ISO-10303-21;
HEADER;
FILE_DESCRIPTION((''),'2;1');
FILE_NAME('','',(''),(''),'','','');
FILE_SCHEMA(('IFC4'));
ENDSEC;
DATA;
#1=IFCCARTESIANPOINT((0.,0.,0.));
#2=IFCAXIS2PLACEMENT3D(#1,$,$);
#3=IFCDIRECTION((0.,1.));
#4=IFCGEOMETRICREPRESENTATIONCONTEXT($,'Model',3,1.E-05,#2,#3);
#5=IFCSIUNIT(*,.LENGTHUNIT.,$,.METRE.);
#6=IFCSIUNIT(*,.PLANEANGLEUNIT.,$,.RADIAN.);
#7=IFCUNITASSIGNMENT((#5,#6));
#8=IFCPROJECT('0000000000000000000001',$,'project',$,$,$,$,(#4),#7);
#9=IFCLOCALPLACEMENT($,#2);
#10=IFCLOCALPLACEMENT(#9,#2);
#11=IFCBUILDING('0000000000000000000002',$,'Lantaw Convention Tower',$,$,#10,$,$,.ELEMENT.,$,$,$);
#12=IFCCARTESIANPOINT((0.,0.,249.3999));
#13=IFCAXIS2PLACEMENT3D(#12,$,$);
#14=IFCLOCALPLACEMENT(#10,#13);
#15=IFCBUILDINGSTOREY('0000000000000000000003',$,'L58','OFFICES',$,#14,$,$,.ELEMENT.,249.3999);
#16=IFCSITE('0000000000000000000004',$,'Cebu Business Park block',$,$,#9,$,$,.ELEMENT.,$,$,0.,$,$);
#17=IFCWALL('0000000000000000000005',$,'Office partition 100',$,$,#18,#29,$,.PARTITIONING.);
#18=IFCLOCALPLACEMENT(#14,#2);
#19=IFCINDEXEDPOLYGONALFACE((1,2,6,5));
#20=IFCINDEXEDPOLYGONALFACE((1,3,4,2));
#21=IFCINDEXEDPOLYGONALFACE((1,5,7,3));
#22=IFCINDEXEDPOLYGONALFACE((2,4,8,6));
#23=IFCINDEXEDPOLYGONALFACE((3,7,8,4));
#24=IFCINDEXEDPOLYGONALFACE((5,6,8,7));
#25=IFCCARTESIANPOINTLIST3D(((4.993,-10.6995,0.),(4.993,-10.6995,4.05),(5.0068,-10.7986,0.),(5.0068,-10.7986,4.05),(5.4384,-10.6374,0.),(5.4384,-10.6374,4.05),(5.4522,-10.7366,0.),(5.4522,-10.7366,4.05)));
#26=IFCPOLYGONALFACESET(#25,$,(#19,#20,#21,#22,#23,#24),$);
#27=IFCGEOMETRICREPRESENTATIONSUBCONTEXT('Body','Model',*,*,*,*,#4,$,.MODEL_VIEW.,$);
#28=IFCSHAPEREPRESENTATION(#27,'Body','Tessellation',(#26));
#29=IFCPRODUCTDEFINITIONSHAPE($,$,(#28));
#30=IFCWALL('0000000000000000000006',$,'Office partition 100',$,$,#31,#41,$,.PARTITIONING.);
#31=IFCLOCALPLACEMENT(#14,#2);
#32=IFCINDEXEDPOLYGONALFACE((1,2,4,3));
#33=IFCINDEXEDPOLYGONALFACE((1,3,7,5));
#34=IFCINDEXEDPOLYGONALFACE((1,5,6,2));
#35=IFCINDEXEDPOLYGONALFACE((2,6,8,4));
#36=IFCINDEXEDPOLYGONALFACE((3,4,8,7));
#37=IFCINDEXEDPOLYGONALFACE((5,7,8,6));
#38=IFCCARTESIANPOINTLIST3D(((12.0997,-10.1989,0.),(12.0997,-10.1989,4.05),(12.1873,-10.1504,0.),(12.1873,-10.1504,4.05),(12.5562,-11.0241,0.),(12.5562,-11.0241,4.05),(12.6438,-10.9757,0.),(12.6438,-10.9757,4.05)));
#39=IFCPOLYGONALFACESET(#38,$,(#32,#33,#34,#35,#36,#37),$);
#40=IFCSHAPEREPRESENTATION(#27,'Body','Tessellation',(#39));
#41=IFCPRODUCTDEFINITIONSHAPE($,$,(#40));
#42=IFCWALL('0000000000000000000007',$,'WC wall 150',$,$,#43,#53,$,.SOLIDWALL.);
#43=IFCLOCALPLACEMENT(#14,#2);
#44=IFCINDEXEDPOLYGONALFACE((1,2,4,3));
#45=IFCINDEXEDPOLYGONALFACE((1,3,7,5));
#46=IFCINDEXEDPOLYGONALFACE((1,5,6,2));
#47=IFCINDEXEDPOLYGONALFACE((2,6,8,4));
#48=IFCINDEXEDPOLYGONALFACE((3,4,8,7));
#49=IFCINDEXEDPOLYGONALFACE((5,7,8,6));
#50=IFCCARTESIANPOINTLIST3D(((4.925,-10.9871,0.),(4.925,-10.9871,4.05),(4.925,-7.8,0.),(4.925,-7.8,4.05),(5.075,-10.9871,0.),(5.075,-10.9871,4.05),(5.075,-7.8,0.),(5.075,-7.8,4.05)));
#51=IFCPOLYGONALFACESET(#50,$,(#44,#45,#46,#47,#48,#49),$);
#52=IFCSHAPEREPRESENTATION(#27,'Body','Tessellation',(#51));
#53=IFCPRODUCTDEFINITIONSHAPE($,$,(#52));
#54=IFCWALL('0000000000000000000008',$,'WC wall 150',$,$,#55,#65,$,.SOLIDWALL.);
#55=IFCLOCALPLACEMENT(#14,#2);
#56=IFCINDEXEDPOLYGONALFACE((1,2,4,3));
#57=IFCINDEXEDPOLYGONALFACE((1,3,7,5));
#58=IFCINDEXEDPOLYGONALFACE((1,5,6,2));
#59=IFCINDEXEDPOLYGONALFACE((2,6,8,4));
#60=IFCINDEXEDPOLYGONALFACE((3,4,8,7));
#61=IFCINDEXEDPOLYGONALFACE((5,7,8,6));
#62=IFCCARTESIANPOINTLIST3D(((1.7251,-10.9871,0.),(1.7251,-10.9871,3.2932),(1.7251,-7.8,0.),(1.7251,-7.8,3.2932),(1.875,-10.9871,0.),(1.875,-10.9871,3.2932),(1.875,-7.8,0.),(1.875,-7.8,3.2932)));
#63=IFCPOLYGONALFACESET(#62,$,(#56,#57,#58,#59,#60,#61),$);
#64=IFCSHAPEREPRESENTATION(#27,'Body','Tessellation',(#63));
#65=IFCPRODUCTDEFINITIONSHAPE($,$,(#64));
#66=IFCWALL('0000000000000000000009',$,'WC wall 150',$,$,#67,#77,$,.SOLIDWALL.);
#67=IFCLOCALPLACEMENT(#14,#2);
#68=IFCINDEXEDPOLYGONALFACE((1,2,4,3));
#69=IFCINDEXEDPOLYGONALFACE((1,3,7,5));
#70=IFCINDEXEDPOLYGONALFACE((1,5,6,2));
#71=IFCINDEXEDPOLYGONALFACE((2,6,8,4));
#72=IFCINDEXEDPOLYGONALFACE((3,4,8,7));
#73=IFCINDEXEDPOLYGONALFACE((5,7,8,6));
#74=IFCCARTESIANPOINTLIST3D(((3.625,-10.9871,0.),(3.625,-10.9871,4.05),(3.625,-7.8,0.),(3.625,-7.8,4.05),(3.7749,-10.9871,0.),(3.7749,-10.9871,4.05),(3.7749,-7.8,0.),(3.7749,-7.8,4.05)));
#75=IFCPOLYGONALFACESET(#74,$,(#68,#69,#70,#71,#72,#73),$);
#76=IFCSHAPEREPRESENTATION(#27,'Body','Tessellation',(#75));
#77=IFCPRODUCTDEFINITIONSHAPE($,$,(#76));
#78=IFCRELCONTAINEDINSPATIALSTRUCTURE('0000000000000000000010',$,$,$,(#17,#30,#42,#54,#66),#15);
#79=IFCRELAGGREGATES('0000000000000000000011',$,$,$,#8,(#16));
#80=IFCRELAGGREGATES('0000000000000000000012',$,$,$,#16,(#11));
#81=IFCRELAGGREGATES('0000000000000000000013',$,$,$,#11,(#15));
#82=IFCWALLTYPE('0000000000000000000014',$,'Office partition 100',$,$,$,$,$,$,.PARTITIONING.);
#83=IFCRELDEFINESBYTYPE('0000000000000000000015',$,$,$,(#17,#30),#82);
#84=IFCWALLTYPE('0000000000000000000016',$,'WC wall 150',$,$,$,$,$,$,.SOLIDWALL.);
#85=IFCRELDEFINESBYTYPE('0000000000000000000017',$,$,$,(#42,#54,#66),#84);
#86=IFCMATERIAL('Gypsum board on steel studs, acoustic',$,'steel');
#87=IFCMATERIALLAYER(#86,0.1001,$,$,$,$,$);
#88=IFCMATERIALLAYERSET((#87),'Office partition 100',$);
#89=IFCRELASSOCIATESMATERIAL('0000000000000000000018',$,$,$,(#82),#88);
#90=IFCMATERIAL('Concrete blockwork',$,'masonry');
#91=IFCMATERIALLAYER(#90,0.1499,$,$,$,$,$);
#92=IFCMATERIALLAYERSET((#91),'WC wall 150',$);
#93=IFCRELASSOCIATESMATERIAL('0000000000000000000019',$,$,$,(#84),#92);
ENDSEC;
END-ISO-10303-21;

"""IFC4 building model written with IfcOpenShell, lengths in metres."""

from ifc_helpers import new_model, si_unit, direction, frame, frame_2d, origin, place, context, subcontext, project, spatial, rectangle, extrude, material, layer, layer_set, type_object, element, save


model = new_model("IFC4")

# Units and contexts
model_context = context("Model", 3, precision=1e-05, world=origin(), true_north=direction((0.0, 1.0)))
body_context = subcontext(model_context, "Body", "Model", "MODEL_VIEW")
ifc_project = project(units=[si_unit("LENGTHUNIT", "METRE"), si_unit("PLANEANGLEUNIT", "RADIAN")], contexts=[model_context])

# Site, building, storey
site_placement = place(None, origin())
site = spatial("IfcSite", under=ifc_project, at=site_placement, Name="Cebu Business Park block", CompositionType="ELEMENT", RefElevation=0.0)
building_placement = place(site_placement, origin())
building = spatial("IfcBuilding", under=site, at=building_placement, Name="Lantaw Convention Tower", CompositionType="ELEMENT")
storey_placement = place(building_placement, frame((0.0, 0.0, 249.3999)))
storey = spatial("IfcBuildingStorey", under=building, at=storey_placement, Name="L58", Description="OFFICES", CompositionType="ELEMENT", Elevation=249.3999)

# Walls
ifc_material_1 = material(Name="Gypsum board on steel studs, acoustic", Category="steel")
ifc_layer_1 = layer(ifc_material_1, 0.1001)
ifc_layer_set_1 = layer_set([ifc_layer_1], Name="Office partition 100")
wall_type_1 = type_object("IfcWallType", Name="Office partition 100", PredefinedType="PARTITIONING", material=ifc_layer_set_1)
wall_1_placement = place(storey_placement, frame((5.4453, -10.687, 0.0), z_axis=(0.0, 0.0, 1.0), x_axis=(-0.990443, -0.137924, 0.0)))
element("IfcWall", 1, at=wall_1_placement, inside=storey, type_object=wall_type_1, Name="Office partition 100", PredefinedType="PARTITIONING", context=body_context, shape_type="SweptSolid", body=[
    extrude(rectangle(XDim=0.4497, YDim=0.1001, at=frame_2d((0.2249, 0.0))), origin(), (0.0, 0.0, 1.0), 4.05),
])
wall_2_placement = place(storey_placement, frame((12.6001, -11.0, 0.0), z_axis=(0.0, 0.0, 1.0), x_axis=(-0.484104, 0.875011, 0.0)))
element("IfcWall", 2, at=wall_2_placement, inside=storey, type_object=wall_type_1, Name="Office partition 100", PredefinedType="PARTITIONING", context=body_context, shape_type="SweptSolid", body=[
    extrude(rectangle(XDim=0.9431, YDim=0.1001, at=frame_2d((0.4717, 0.0))), origin(), (0.0, 0.0, 1.0), 4.05),
])
ifc_material_2 = material(Name="Concrete blockwork", Category="masonry")
ifc_layer_2 = layer(ifc_material_2, 0.1499)
ifc_layer_set_2 = layer_set([ifc_layer_2], Name="WC wall 150")
wall_type_2 = type_object("IfcWallType", Name="WC wall 150", PredefinedType="SOLIDWALL", material=ifc_layer_set_2)
wall_3_placement = place(storey_placement, frame((5.0, -7.8, 0.0), z_axis=(0.0, 0.0, 1.0), x_axis=(0.0, -1.0, 0.0)))
element("IfcWall", 3, at=wall_3_placement, inside=storey, type_object=wall_type_2, Name="WC wall 150", PredefinedType="SOLIDWALL", context=body_context, shape_type="SweptSolid", body=[
    extrude(rectangle(XDim=3.187, YDim=0.1499, at=frame_2d((1.5935, 0.0))), origin(), (0.0, 0.0, 1.0), 4.05),
])
wall_4_placement = place(storey_placement, frame((1.8, -7.8, 0.0), z_axis=(0.0, 0.0, 1.0), x_axis=(0.0, -1.0, 0.0)))
element("IfcWall", 4, at=wall_4_placement, inside=storey, type_object=wall_type_2, Name="WC wall 150", PredefinedType="SOLIDWALL", context=body_context, shape_type="SweptSolid", body=[
    extrude(rectangle(XDim=3.187, YDim=0.1499, at=frame_2d((1.5935, 0.0))), origin(), (0.0, 0.0, 1.0), 3.2932),
])
wall_5_placement = place(storey_placement, frame((3.7, -7.8, 0.0), z_axis=(0.0, 0.0, 1.0), x_axis=(0.0, -1.0, 0.0)))
element("IfcWall", 5, at=wall_5_placement, inside=storey, type_object=wall_type_2, Name="WC wall 150", PredefinedType="SOLIDWALL", context=body_context, shape_type="SweptSolid", body=[
    extrude(rectangle(XDim=3.187, YDim=0.1499, at=frame_2d((1.5935, 0.0))), origin(), (0.0, 0.0, 1.0), 4.05),
])

save(model, "model.ifc")
